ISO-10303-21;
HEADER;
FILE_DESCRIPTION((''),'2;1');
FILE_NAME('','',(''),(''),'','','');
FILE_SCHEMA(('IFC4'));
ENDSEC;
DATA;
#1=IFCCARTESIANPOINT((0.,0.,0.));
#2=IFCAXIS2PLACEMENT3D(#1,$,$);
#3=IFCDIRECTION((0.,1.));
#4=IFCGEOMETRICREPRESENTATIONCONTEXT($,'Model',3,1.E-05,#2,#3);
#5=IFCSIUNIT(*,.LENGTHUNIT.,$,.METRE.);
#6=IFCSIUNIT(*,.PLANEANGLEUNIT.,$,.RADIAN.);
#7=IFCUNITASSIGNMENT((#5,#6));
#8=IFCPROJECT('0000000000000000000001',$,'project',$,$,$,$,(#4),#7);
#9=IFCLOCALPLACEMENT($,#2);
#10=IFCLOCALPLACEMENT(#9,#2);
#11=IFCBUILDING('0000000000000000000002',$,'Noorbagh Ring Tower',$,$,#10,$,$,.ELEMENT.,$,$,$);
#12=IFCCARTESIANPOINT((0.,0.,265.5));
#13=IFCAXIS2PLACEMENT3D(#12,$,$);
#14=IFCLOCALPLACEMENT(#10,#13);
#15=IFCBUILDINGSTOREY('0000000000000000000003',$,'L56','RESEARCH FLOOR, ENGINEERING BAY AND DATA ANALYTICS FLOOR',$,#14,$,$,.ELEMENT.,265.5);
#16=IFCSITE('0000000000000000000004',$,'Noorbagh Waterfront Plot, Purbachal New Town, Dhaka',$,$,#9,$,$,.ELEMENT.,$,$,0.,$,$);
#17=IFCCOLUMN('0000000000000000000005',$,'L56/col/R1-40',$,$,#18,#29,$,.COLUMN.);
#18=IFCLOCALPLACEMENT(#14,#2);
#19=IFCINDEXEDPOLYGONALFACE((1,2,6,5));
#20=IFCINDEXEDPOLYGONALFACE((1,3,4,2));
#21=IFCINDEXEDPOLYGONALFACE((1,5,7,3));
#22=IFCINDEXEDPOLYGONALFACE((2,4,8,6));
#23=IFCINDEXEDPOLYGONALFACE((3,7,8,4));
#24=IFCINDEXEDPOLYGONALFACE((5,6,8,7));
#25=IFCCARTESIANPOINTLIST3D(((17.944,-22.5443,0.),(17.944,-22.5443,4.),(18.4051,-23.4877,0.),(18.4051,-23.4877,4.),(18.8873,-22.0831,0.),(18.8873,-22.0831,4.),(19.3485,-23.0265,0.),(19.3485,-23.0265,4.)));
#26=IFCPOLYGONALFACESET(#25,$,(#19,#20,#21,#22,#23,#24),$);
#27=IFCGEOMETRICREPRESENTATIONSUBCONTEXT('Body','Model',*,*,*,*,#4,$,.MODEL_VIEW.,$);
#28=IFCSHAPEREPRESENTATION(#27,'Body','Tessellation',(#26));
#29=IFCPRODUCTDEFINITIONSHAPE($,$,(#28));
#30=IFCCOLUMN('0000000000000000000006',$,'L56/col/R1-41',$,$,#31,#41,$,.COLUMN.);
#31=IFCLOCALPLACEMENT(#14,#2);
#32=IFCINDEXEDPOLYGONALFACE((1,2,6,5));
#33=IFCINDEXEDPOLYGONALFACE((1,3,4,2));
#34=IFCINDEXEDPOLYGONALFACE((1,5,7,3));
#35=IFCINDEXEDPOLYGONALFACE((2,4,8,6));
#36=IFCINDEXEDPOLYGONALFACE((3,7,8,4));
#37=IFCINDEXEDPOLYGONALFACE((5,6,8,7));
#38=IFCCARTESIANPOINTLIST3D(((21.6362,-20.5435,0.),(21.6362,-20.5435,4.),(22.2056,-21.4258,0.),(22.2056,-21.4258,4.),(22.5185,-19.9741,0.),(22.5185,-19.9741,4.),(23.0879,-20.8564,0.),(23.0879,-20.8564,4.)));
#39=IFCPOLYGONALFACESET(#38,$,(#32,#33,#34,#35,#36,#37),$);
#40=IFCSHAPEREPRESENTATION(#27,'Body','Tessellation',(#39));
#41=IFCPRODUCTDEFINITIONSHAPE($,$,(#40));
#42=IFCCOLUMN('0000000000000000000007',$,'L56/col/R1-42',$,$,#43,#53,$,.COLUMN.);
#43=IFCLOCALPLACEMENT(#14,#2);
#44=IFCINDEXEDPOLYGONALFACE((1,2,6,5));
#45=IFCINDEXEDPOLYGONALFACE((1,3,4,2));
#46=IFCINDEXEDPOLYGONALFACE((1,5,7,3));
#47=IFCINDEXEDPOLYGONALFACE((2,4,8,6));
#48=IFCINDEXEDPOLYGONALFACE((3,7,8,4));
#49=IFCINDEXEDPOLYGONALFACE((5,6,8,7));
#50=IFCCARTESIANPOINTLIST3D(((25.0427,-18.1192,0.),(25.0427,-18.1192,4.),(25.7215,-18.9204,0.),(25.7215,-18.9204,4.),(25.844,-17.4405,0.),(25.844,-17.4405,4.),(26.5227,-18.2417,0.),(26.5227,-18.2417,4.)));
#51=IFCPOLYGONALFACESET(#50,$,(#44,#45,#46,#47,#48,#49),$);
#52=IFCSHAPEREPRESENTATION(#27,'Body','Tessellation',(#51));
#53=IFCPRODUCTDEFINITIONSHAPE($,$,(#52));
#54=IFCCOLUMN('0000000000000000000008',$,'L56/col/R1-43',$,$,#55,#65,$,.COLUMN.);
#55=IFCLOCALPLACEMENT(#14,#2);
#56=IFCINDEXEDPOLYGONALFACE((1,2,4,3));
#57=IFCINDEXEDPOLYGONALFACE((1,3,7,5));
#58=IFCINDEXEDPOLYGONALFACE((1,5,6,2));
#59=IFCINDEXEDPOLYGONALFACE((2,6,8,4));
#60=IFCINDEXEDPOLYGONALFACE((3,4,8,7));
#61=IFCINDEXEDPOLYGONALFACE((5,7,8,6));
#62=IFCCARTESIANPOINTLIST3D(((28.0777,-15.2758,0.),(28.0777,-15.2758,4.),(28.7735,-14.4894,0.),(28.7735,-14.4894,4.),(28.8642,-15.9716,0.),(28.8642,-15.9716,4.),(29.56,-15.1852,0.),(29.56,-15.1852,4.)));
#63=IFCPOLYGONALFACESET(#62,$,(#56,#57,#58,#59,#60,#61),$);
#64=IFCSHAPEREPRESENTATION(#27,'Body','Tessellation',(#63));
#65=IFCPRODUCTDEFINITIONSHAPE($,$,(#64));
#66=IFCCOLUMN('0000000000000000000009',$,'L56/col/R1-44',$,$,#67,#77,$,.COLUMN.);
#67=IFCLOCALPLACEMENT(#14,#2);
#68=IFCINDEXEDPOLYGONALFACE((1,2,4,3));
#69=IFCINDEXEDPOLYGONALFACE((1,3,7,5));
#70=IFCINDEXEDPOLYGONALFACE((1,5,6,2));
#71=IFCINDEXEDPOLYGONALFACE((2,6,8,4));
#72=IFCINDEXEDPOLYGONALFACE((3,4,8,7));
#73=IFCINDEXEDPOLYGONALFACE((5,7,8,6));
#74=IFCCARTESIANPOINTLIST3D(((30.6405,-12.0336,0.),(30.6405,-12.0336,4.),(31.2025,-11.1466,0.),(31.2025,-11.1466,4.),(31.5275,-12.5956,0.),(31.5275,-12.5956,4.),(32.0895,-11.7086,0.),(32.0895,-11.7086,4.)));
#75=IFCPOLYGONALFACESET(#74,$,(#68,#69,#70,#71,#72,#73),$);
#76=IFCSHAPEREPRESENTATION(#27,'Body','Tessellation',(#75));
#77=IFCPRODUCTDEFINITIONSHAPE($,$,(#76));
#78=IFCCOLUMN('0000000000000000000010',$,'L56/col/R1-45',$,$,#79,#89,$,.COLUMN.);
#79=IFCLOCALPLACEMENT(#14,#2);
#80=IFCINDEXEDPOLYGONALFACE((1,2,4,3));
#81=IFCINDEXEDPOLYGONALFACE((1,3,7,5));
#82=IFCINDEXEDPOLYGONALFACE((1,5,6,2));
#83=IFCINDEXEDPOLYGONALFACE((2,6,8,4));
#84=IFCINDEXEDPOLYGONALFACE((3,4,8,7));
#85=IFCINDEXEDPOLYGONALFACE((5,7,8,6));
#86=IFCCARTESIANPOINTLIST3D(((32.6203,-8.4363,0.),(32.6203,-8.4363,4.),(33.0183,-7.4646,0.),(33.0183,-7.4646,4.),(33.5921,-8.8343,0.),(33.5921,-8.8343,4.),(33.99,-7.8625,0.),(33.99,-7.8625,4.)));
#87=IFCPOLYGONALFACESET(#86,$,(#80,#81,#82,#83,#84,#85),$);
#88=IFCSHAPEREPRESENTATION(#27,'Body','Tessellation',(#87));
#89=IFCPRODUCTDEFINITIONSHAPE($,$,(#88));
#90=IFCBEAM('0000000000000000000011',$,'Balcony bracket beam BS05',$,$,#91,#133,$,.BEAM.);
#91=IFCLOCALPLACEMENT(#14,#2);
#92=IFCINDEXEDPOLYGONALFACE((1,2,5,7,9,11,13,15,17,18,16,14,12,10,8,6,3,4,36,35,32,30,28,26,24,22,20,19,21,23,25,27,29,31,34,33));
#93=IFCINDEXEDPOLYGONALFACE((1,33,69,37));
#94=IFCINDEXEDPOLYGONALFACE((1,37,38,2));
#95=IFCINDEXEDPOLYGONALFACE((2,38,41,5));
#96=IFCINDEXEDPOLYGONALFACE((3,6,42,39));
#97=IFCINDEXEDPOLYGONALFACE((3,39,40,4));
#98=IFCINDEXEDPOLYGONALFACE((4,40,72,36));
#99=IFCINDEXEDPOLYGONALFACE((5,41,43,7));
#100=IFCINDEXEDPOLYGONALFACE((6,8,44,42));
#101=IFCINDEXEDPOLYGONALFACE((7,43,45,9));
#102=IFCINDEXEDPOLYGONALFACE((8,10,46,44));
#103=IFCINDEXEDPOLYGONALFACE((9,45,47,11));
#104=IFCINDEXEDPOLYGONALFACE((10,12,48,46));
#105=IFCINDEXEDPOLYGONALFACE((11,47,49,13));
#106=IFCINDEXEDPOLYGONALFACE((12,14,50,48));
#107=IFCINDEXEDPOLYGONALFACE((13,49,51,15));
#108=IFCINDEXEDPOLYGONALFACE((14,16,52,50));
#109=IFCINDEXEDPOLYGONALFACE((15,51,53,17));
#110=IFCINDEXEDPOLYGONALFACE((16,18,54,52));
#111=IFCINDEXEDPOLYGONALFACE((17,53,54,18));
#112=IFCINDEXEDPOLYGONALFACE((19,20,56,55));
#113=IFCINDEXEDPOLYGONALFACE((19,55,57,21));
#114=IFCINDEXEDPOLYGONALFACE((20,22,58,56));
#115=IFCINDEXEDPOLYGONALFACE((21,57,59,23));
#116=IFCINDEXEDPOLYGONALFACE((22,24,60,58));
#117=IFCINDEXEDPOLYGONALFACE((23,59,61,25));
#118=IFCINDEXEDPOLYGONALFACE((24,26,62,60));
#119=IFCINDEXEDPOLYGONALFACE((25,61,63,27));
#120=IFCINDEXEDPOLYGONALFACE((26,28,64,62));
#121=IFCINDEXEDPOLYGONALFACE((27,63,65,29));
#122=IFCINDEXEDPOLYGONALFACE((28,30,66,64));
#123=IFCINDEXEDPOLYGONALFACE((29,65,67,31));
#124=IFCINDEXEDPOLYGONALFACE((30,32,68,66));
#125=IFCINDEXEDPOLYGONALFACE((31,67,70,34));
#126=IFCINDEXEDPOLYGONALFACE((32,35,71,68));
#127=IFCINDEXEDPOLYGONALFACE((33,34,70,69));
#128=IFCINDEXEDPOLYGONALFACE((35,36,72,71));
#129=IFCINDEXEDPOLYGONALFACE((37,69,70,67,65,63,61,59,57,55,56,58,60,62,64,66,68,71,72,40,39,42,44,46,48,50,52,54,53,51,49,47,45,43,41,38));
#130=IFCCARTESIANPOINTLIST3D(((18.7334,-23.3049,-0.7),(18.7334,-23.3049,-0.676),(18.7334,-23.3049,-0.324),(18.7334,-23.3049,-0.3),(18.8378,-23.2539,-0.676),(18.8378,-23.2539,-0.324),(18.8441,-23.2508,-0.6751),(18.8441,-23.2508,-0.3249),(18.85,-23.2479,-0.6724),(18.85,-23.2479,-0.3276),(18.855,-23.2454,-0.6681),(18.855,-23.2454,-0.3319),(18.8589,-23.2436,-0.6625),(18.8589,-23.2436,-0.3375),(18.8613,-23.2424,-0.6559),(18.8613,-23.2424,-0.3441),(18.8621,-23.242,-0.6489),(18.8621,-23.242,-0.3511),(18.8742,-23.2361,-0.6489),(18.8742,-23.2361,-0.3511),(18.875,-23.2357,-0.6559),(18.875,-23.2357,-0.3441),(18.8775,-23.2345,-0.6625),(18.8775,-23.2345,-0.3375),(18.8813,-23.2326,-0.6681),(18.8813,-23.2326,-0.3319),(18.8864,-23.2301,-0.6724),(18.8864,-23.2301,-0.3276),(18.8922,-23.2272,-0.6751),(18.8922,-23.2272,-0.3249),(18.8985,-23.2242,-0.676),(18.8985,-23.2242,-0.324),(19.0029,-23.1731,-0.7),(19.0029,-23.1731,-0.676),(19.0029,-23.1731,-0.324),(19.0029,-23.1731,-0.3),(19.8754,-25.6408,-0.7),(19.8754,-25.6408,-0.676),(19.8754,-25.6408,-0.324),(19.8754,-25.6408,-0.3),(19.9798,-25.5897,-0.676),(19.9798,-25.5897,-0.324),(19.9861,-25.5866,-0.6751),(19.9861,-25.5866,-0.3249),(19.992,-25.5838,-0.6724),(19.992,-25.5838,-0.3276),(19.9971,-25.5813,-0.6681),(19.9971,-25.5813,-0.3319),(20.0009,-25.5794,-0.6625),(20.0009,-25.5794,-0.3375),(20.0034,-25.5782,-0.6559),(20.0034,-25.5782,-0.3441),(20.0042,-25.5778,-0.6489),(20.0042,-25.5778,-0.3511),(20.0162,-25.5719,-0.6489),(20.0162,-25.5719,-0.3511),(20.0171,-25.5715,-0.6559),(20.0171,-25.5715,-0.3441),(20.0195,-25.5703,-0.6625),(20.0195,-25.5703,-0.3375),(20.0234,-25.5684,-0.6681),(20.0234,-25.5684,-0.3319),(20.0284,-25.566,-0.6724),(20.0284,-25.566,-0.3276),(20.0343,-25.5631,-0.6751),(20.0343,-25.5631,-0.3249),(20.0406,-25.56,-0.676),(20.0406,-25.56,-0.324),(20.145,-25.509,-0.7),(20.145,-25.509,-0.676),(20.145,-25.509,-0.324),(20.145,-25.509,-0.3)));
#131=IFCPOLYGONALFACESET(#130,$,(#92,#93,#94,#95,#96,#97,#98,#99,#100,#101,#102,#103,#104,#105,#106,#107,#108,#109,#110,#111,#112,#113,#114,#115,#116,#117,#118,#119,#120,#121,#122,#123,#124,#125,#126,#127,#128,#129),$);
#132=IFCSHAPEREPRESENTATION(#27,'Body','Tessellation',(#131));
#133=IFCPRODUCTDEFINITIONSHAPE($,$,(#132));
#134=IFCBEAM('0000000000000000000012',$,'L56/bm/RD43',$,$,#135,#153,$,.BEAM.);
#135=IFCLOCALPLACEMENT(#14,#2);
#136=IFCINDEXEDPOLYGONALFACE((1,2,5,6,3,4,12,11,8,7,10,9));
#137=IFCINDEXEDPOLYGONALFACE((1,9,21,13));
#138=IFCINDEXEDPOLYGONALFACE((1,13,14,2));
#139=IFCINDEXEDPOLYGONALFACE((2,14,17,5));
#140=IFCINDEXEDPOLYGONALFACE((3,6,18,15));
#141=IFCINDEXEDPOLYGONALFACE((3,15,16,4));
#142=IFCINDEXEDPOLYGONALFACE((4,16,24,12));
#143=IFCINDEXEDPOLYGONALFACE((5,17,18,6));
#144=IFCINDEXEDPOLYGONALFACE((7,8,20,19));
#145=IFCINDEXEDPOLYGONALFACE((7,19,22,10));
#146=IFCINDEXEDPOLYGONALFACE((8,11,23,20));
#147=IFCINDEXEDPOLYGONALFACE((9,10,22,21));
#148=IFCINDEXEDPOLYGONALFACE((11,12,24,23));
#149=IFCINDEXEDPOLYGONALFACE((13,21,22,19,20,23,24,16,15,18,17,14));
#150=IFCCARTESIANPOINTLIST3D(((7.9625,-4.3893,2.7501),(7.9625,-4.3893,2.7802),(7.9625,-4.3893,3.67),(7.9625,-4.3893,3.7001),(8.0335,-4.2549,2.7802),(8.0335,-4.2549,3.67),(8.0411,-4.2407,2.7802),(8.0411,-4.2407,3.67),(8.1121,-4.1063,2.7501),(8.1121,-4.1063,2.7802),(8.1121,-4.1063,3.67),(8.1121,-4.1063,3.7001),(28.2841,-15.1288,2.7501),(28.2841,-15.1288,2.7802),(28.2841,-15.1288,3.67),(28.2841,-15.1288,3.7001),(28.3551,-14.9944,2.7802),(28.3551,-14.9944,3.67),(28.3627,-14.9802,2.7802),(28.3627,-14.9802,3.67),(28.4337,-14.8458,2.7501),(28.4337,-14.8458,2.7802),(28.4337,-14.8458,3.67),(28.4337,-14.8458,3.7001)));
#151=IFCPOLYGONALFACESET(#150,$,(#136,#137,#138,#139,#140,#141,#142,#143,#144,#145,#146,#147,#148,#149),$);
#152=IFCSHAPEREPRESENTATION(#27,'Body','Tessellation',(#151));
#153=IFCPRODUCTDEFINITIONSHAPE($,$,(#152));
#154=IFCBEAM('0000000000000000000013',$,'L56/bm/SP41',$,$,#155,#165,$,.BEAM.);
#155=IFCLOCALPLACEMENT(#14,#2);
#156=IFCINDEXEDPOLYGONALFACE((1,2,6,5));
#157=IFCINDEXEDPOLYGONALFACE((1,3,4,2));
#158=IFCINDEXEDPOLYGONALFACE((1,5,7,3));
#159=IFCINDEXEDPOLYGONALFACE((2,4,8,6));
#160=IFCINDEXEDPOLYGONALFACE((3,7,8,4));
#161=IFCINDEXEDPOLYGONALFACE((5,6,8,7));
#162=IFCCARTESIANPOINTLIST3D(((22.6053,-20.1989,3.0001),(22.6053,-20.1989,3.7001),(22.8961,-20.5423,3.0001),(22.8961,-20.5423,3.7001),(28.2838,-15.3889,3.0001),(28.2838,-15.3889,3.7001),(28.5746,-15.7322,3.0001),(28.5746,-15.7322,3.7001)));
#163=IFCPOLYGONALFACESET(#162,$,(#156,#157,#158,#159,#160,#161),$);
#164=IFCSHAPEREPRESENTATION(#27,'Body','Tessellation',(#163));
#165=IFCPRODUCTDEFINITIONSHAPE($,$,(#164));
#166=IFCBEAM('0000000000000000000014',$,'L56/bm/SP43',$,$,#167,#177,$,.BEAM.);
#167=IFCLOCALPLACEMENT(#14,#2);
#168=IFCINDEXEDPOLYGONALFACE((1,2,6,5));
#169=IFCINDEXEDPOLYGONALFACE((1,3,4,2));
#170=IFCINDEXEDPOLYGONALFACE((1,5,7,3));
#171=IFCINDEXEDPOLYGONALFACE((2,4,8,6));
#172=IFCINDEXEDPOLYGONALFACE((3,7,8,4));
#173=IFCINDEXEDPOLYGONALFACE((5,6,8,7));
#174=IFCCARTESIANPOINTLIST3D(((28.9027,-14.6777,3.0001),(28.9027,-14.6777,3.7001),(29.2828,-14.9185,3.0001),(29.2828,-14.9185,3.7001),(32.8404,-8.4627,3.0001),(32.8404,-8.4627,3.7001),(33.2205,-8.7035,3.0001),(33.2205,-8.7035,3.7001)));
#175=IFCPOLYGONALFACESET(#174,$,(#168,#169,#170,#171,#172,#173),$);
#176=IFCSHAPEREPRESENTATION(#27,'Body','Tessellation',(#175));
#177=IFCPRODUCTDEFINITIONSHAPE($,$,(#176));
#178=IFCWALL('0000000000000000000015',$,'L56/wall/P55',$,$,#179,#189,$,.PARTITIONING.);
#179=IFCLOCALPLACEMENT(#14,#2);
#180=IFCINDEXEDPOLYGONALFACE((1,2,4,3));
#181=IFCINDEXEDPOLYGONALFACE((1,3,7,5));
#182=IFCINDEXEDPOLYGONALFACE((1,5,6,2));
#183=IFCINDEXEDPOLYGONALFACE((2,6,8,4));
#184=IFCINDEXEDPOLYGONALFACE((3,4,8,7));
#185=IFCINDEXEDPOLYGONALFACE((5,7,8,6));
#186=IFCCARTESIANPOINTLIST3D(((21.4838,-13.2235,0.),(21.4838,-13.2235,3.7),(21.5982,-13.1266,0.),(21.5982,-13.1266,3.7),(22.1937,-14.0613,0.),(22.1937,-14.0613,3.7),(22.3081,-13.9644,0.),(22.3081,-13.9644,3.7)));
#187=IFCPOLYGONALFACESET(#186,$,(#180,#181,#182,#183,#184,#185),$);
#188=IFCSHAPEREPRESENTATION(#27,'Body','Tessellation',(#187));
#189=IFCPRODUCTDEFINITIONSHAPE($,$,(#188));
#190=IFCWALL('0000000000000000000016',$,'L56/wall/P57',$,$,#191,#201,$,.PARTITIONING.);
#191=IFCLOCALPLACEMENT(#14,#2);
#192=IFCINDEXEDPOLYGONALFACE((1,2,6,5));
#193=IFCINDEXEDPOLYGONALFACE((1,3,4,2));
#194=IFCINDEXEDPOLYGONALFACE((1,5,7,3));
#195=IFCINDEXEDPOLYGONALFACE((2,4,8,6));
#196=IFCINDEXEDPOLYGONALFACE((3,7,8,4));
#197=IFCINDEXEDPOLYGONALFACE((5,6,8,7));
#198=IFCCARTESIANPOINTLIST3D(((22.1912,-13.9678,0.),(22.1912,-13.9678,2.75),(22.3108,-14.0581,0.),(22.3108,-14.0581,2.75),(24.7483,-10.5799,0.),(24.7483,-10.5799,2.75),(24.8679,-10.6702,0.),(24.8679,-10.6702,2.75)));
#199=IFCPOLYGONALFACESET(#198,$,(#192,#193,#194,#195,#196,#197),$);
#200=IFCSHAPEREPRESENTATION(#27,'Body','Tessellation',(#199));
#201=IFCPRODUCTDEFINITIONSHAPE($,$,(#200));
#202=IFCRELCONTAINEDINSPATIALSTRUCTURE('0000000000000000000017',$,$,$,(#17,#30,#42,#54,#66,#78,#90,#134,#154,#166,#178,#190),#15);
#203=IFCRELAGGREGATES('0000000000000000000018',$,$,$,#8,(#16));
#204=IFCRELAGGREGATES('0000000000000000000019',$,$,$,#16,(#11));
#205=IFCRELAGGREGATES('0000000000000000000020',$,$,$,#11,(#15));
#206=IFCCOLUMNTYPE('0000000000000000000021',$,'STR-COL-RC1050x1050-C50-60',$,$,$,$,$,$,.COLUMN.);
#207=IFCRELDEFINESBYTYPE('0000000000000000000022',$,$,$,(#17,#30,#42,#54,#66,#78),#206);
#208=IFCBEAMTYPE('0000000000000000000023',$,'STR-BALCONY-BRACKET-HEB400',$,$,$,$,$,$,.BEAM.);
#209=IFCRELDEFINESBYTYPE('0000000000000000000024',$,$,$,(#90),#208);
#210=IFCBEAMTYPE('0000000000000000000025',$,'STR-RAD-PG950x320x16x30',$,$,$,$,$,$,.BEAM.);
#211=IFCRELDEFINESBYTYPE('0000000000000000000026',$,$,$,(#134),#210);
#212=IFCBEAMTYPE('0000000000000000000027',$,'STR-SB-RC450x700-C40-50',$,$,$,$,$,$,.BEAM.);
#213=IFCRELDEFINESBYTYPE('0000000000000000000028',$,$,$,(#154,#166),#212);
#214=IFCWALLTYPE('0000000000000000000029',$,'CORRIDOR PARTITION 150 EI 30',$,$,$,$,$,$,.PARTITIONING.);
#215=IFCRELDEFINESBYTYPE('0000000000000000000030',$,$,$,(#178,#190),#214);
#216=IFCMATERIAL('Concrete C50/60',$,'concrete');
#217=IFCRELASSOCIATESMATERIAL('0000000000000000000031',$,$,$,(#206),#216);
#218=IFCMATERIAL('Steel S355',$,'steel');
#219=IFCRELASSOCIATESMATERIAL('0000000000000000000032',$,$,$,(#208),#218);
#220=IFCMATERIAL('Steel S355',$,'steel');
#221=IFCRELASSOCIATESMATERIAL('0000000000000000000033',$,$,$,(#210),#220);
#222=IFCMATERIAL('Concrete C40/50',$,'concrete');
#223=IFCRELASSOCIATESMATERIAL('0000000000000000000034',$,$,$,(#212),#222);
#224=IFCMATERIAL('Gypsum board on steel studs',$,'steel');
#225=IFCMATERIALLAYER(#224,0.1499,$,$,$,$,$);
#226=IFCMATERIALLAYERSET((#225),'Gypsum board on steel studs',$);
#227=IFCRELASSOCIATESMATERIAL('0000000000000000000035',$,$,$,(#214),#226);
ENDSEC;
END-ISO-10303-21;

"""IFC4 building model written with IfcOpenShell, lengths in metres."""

from ifc_helpers import new_model, si_unit, direction, frame, frame_2d, origin, origin_2d, place, context, subcontext, project, spatial, rectangle, i_section, extrude, material, layer, layer_set, material_profile, profile_set, type_object, element, save


model = new_model("IFC4")

# Units and contexts
model_context = context("Model", 3, precision=1e-05, world=origin(), true_north=direction((0.0, 1.0)))
body_context = subcontext(model_context, "Body", "Model", "MODEL_VIEW")
ifc_project = project(units=[si_unit("LENGTHUNIT", "METRE"), si_unit("PLANEANGLEUNIT", "RADIAN")], contexts=[model_context])

# Site, building, storey
site_placement = place(None, origin())
site = spatial("IfcSite", under=ifc_project, at=site_placement, Name="Noorbagh Waterfront Plot, Purbachal New Town, Dhaka", CompositionType="ELEMENT", RefElevation=0.0)
building_placement = place(site_placement, origin())
building = spatial("IfcBuilding", under=site, at=building_placement, Name="Noorbagh Ring Tower", CompositionType="ELEMENT")
storey_placement = place(building_placement, frame((0.0, 0.0, 265.5)))
storey = spatial("IfcBuildingStorey", under=building, at=storey_placement, Name="L56", Description="RESEARCH FLOOR, ENGINEERING BAY AND DATA ANALYTICS FLOOR", CompositionType="ELEMENT", Elevation=265.5)

# Columns
ifc_material_1 = material(Name="Concrete C50/60", Category="concrete")
ifc_material_profile_1 = material_profile(ifc_material_1, rectangle(XDim=1.05, YDim=1.05, at=origin_2d()), Name="RC1050x1050")
ifc_profile_set_1 = profile_set([ifc_material_profile_1], Name="Concrete C50/60")
column_type = type_object("IfcColumnType", Name="STR-COL-RC1050x1050-C50-60", PredefinedType="COLUMN", material=ifc_profile_set_1)
for number, where, z_axis, x_axis, name in (
    (1, (18.6462, -22.7854, 0.0), (0.0, 0.0, 1.0), (0.898399, 0.43918, 0.0), "L56/col/R1-40"),
    (2, (22.3621, -20.7, 0.0), (0.0, 0.0, 1.0), (0.840248, 0.542203, 0.0), "L56/col/R1-41"),
    (3, (25.7827, -18.1804, 0.0), (0.0, 0.0, 1.0), (0.763035, 0.646357, 0.0), "L56/col/R1-42"),
    (4, (28.8188, -15.2305, 0.0), (0.0, 0.0, 1.0), (0.662636, 0.748942, 0.0), "L56/col/R1-43"),
    (5, (31.365, -11.8711, 0.0), (0.0, 0.0, 1.0), (0.53519, 0.844731, 0.0), "L56/col/R1-44"),
    (6, (33.3052, -8.1494, 0.0), (0.0, 0.0, 1.0), (0.378989, 0.925401, 0.0), "L56/col/R1-45"),
):
    element("IfcColumn", number, at=place(storey_placement, frame(where, z_axis=z_axis, x_axis=x_axis)), inside=storey, type_object=column_type, Name=name, PredefinedType="COLUMN", context=body_context, shape_type="SweptSolid", body=[
        extrude(rectangle(XDim=1.05, YDim=1.05, at=origin_2d()), origin(), (0.0, 0.0, 1.0), 4.0),
    ])

# Beams
ifc_material_2 = material(Name="Steel S355", Category="steel")
ifc_material_profile_2 = material_profile(ifc_material_2, i_section(OverallWidth=0.3, OverallDepth=0.3999, WebThickness=0.0134, FlangeThickness=0.0239, FilletRadius=0.0271, at=origin_2d()), Name="HEB400")
ifc_profile_set_2 = profile_set([ifc_material_profile_2], Name="Steel S355")
beam_type_1 = type_object("IfcBeamType", Name="STR-BALCONY-BRACKET-HEB400", PredefinedType="BEAM", material=ifc_profile_set_2)
beam_1_placement = place(storey_placement, frame((18.8682, -23.239, -0.5), z_axis=(0.439234, -0.898373, 0.0), x_axis=(0.898373, 0.439234, 0.0)))
element("IfcBeam", 7, at=beam_1_placement, inside=storey, type_object=beam_type_1, Name="Balcony bracket beam BS05", PredefinedType="BEAM", context=body_context, shape_type="SweptSolid", body=[
    extrude(i_section(OverallWidth=0.3, OverallDepth=0.3999, WebThickness=0.0134, FlangeThickness=0.0239, FilletRadius=0.0271, at=origin_2d()), origin(), (0.0, 0.0, 1.0), 2.6001),
])
ifc_material_3 = material(Name="Steel S355", Category="steel")
ifc_material_profile_3 = material_profile(ifc_material_3, i_section(OverallWidth=0.3201, OverallDepth=0.95, WebThickness=0.0161, FlangeThickness=0.03, at=origin_2d()), Name="PG950x320x16x30")
ifc_profile_set_3 = profile_set([ifc_material_profile_3], Name="Steel S355")
beam_type_2 = type_object("IfcBeamType", Name="STR-RAD-PG950x320x16x30", PredefinedType="BEAM", material=ifc_profile_set_3)
beam_2_placement = place(storey_placement, frame((28.3589, -14.9873, 3.2251), z_axis=(-0.884129, 0.467243, 0.0), x_axis=(-0.467243, -0.884129, 0.0)))
element("IfcBeam", 8, at=beam_2_placement, inside=storey, type_object=beam_type_2, Name="L56/bm/RD43", PredefinedType="BEAM", context=body_context, shape_type="SweptSolid", body=[
    extrude(i_section(OverallWidth=0.3201, OverallDepth=0.95, WebThickness=0.0161, FlangeThickness=0.03, at=origin_2d()), origin(), (0.0, 0.0, 1.0), 22.9849),
])
ifc_material_4 = material(Name="Concrete C40/50", Category="concrete")
ifc_material_profile_4 = material_profile(ifc_material_4, rectangle(XDim=0.45, YDim=0.7, at=origin_2d()), Name="RC450x700")
ifc_profile_set_4 = profile_set([ifc_material_profile_4], Name="Concrete C40/50")
beam_type_3 = type_object("IfcBeamType", Name="STR-SB-RC450x700-C40-50", PredefinedType="BEAM", material=ifc_profile_set_4)
beam_3_placement = place(storey_placement, frame((22.7507, -20.3706, 3.3501), z_axis=(0.763041, 0.64635, 0.0), x_axis=(-0.64635, 0.763041, 0.0)))
element("IfcBeam", 9, at=beam_3_placement, inside=storey, type_object=beam_type_3, Name="L56/bm/SP41", PredefinedType="BEAM", context=body_context, shape_type="SweptSolid", body=[
    extrude(rectangle(XDim=0.45, YDim=0.7, at=origin_2d()), origin(), (0.0, 0.0, 1.0), 7.4419),
])
beam_4_placement = place(storey_placement, frame((29.0928, -14.7981, 3.3501), z_axis=(0.5352, 0.844726, 0.0), x_axis=(-0.844726, 0.5352, 0.0)))
element("IfcBeam", 10, at=beam_4_placement, inside=storey, type_object=beam_type_3, Name="L56/bm/SP43", PredefinedType="BEAM", context=body_context, shape_type="SweptSolid", body=[
    extrude(rectangle(XDim=0.45, YDim=0.7, at=origin_2d()), origin(), (0.0, 0.0, 1.0), 7.3574),
])

# Walls
ifc_material_5 = material(Name="Gypsum board on steel studs", Category="steel")
ifc_layer_1 = layer(ifc_material_5, 0.1499)
ifc_layer_set_1 = layer_set([ifc_layer_1], Name="Gypsum board on steel studs")
wall_type_1 = type_object("IfcWallType", Name="CORRIDOR PARTITION 150 EI 30", PredefinedType="PARTITIONING", material=ifc_layer_set_1)
wall_1_placement = place(storey_placement, frame((21.541, -13.175, 0.0), z_axis=(0.0, 0.0, 1.0), x_axis=(0.64646, -0.762948, 0.0)))
element("IfcWall", 11, at=wall_1_placement, inside=storey, type_object=wall_type_1, Name="L56/wall/P55", PredefinedType="PARTITIONING", context=body_context, shape_type="SweptSolid", body=[
    extrude(rectangle(XDim=1.0981, YDim=0.1499, at=frame_2d((0.5491, 0.0))), origin(), (0.0, 0.0, 1.0), 3.7),
])
wall_2_placement = place(storey_placement, frame((22.251, -14.0129, 0.0), z_axis=(0.0, 0.0, 1.0), x_axis=(0.602436, 0.798167, 0.0)))
element("IfcWall", 12, at=wall_2_placement, inside=storey, type_object=wall_type_1, Name="L56/wall/P57", PredefinedType="PARTITIONING", context=body_context, shape_type="SweptSolid", body=[
    extrude(rectangle(XDim=4.2446, YDim=0.1499, at=frame_2d((2.1223, 0.0))), origin(), (0.0, 0.0, 1.0), 2.75),
])

save(model, "model.ifc")
